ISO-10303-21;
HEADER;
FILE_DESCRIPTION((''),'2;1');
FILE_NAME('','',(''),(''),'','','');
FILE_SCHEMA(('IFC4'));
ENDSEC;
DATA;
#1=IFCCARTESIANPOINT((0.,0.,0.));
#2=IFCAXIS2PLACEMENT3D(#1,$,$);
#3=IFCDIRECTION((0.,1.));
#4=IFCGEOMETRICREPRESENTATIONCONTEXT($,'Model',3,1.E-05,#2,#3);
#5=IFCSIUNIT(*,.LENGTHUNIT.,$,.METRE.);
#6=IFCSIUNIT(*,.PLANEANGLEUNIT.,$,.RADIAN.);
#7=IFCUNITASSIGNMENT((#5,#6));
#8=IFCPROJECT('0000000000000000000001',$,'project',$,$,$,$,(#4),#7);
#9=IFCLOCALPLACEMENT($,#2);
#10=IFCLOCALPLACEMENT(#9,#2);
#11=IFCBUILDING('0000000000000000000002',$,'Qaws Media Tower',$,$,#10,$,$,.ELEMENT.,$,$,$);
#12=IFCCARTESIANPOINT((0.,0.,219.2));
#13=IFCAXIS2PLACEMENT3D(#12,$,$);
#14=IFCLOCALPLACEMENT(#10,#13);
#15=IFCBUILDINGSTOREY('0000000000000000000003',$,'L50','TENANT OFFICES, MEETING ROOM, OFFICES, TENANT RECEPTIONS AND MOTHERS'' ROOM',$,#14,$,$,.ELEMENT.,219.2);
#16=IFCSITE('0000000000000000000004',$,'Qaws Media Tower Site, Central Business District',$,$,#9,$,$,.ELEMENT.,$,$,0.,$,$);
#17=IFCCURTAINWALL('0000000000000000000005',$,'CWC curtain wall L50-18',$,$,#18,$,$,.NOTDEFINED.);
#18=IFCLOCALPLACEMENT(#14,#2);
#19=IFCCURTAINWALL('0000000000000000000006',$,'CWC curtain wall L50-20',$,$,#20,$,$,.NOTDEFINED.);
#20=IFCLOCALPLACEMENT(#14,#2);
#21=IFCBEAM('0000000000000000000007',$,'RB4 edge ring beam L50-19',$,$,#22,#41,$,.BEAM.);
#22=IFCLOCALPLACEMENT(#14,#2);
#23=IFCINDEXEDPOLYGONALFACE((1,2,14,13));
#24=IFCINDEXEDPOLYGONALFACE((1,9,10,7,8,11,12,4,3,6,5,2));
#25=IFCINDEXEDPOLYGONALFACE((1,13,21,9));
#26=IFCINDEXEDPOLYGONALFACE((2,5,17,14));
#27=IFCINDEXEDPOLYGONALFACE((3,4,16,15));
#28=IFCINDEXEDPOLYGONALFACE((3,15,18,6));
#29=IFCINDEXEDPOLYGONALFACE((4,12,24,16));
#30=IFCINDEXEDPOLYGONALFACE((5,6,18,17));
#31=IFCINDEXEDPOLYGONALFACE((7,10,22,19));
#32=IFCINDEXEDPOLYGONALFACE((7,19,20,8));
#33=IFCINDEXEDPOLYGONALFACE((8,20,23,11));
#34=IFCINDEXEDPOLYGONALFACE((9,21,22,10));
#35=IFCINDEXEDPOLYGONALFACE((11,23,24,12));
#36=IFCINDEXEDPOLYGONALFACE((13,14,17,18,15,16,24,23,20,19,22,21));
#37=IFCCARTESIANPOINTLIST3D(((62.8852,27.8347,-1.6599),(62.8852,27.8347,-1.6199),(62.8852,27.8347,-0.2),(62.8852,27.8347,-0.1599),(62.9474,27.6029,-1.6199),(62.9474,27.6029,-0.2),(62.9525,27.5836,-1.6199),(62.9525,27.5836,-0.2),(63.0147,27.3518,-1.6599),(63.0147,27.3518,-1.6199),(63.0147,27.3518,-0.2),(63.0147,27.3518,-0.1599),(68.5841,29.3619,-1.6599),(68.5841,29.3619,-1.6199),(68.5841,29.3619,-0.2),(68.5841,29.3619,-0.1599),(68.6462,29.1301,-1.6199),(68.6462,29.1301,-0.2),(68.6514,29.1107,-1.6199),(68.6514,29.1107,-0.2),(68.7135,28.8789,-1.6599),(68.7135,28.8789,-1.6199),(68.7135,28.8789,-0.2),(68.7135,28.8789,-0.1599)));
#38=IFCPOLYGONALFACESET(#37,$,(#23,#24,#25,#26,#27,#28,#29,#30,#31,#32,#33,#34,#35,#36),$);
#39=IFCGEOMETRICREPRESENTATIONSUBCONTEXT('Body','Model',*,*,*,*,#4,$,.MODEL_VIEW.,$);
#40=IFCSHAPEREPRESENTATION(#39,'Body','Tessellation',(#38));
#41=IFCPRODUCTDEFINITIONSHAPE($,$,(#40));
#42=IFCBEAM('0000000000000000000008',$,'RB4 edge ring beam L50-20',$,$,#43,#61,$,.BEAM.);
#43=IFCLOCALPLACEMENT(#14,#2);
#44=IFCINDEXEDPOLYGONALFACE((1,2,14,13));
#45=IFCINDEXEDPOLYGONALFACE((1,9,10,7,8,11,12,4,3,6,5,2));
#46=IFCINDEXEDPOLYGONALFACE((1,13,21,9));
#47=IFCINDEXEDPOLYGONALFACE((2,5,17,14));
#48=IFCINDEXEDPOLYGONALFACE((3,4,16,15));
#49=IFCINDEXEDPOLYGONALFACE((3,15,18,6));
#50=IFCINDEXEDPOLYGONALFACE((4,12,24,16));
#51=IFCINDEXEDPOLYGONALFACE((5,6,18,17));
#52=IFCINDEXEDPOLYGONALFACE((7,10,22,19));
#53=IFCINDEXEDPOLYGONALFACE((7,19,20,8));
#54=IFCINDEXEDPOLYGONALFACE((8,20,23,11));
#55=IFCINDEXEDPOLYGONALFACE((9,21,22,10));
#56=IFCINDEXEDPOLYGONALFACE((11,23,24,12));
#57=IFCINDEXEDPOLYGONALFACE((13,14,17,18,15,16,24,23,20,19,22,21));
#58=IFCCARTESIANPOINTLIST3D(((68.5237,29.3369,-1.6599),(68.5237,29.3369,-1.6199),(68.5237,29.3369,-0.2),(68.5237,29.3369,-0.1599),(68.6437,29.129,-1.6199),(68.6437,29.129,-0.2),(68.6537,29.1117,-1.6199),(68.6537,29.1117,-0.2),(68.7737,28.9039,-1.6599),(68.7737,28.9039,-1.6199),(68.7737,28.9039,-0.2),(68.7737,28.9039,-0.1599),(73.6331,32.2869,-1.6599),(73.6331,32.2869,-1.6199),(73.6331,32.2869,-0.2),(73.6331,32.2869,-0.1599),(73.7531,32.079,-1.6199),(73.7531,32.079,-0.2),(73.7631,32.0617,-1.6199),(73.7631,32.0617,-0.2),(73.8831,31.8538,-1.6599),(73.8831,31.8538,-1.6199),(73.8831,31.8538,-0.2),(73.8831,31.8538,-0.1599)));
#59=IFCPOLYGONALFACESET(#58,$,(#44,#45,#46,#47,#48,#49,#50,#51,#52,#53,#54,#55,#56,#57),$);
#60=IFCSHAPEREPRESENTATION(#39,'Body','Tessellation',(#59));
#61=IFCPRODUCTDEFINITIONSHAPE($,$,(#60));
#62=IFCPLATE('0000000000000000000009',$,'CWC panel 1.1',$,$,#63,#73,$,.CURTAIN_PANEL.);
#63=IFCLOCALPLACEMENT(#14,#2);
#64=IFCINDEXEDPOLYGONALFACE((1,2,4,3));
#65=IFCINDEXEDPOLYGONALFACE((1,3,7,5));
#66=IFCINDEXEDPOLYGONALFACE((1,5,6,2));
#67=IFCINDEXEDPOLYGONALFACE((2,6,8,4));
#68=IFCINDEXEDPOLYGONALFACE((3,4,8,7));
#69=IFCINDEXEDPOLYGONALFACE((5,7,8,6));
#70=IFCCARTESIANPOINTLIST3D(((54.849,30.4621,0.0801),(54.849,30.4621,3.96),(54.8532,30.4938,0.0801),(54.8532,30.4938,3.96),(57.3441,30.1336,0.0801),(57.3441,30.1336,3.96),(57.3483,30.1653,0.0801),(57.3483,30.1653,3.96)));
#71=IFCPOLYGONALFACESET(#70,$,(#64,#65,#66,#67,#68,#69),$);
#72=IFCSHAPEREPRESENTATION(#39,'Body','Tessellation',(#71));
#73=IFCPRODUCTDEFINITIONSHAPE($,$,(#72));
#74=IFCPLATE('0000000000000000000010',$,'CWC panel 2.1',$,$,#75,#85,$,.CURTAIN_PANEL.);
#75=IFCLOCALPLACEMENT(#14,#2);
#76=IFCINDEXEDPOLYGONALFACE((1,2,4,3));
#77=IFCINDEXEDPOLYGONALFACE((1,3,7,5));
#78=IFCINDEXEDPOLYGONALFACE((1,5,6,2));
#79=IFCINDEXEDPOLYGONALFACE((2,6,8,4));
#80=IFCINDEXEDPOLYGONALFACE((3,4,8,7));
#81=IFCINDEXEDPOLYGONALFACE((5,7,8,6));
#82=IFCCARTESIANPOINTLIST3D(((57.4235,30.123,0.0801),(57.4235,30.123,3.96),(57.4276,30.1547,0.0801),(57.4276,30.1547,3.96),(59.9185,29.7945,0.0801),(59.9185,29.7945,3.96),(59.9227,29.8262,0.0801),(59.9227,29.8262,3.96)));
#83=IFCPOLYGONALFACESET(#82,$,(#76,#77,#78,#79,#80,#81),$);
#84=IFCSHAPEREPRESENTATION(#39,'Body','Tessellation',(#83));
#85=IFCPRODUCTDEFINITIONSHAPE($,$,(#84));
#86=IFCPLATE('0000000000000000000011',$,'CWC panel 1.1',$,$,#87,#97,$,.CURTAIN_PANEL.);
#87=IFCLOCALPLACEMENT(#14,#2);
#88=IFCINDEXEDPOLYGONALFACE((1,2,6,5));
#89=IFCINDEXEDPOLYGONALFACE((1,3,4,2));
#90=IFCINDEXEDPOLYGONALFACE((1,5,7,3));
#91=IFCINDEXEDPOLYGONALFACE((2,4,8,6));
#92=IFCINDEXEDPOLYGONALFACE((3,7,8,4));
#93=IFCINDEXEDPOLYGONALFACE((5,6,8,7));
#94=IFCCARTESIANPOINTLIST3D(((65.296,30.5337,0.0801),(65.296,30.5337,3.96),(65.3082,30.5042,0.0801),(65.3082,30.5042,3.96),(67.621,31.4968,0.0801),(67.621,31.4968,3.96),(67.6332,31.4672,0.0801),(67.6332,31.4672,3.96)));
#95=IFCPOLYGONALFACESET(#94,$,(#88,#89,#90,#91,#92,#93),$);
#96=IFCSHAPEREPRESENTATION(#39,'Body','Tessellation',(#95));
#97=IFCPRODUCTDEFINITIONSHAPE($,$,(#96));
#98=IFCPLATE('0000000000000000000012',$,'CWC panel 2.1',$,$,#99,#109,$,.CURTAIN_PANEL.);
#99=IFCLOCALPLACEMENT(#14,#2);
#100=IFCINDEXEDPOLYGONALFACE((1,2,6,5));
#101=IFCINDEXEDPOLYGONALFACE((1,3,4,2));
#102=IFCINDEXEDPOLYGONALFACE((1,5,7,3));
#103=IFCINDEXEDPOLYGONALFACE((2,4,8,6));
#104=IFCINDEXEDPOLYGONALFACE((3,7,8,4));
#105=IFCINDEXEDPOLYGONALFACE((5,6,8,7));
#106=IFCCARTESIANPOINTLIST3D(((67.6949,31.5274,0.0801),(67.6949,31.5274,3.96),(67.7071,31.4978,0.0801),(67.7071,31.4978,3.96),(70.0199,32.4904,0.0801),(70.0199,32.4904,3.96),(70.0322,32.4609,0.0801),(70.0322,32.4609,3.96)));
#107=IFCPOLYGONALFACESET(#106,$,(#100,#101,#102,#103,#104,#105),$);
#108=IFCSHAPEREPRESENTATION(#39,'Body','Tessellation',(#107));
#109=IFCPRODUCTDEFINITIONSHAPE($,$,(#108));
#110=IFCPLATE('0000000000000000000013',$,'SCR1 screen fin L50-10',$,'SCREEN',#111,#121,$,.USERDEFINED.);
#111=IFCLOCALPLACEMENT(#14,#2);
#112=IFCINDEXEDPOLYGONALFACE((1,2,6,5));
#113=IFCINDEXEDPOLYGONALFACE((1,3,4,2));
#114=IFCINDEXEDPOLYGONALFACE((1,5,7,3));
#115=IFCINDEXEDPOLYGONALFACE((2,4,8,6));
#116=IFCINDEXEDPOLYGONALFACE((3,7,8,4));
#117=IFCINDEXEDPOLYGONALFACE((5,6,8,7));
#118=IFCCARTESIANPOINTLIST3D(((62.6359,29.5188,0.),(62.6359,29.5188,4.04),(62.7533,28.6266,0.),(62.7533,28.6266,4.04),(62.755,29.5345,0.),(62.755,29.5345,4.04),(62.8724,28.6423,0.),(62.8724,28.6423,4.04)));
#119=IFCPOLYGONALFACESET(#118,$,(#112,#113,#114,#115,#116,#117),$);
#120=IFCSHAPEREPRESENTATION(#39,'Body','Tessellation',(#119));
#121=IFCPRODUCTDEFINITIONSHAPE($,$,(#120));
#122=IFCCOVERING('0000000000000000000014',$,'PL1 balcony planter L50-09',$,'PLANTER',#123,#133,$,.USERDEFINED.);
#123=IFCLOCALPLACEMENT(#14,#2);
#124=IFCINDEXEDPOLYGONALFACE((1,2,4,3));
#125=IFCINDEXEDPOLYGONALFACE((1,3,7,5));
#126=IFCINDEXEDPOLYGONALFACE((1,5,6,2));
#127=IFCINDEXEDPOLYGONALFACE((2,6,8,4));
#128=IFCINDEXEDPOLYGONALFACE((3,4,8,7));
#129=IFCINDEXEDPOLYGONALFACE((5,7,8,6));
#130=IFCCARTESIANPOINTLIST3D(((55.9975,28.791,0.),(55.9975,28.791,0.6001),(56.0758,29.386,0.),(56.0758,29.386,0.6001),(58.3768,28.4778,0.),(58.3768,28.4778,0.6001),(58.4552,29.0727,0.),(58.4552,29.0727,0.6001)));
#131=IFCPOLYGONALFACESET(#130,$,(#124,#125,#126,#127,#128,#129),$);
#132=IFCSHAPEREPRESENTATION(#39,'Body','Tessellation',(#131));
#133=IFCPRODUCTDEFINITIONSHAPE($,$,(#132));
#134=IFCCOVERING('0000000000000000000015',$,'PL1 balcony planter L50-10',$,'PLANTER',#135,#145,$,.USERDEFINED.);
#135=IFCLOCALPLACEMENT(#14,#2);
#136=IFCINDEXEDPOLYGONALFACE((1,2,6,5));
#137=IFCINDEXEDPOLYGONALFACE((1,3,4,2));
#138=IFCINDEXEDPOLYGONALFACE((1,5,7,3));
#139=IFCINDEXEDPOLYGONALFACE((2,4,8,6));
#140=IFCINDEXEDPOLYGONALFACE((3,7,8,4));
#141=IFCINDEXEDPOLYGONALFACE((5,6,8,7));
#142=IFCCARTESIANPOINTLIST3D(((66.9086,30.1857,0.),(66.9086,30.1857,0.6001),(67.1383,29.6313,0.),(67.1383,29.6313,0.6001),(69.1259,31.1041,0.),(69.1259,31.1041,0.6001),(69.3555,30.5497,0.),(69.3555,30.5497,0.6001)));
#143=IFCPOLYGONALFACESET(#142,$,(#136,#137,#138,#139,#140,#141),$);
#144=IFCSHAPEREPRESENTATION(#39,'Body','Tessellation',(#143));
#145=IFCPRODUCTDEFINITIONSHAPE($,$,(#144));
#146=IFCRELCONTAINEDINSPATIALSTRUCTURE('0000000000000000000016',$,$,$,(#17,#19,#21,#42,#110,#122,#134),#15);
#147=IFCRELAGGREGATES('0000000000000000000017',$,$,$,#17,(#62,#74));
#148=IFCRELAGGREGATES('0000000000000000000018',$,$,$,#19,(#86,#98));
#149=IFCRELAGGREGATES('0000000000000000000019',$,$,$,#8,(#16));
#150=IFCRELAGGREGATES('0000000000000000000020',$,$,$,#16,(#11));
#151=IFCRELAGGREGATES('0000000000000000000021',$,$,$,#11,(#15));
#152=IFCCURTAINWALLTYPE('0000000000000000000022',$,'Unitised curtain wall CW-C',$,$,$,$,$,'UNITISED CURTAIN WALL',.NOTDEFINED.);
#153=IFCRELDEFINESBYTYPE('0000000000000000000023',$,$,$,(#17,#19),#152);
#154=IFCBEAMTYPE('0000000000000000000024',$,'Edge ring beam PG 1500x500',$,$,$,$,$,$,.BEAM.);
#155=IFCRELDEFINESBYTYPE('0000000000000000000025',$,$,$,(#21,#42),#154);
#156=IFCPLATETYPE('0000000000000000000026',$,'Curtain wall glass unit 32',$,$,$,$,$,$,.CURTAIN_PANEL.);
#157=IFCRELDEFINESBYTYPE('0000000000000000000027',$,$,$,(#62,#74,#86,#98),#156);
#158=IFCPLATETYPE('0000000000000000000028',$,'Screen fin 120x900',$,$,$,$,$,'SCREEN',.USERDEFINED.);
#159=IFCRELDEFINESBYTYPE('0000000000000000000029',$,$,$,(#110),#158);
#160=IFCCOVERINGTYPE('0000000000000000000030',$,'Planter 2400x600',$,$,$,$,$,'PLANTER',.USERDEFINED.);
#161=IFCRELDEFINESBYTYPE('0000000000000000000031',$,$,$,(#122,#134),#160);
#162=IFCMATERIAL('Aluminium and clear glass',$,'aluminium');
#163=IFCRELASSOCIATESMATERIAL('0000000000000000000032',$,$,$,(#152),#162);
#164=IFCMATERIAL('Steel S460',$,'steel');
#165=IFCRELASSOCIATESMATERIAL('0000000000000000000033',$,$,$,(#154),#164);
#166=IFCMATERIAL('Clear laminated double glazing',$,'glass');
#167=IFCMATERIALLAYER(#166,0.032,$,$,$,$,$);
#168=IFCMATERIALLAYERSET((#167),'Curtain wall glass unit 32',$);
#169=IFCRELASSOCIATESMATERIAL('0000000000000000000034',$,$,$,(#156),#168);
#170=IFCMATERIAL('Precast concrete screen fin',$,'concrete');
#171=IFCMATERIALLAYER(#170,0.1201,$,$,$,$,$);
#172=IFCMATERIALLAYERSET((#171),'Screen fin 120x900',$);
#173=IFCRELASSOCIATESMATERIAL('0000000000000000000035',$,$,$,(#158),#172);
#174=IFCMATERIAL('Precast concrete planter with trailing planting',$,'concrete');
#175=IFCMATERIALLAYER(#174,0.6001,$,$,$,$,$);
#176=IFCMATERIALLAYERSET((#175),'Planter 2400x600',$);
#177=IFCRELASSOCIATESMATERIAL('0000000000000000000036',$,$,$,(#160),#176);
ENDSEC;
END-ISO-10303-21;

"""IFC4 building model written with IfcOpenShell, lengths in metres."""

from ifc_helpers import new_model, si_unit, direction, frame, origin, origin_2d, place, context, subcontext, project, spatial, rectangle, i_section, extrude, material, layer, layer_set, material_profile, profile_set, type_object, element, aggregate, save


model = new_model("IFC4")

# Units and contexts
model_context = context("Model", 3, precision=1e-05, world=origin(), true_north=direction((0.0, 1.0)))
body_context = subcontext(model_context, "Body", "Model", "MODEL_VIEW")
ifc_project = project(units=[si_unit("LENGTHUNIT", "METRE"), si_unit("PLANEANGLEUNIT", "RADIAN")], contexts=[model_context])

# Site, building, storey
site_placement = place(None, origin())
site = spatial("IfcSite", under=ifc_project, at=site_placement, Name="Qaws Media Tower Site, Central Business District", CompositionType="ELEMENT", RefElevation=0.0)
building_placement = place(site_placement, origin())
building = spatial("IfcBuilding", under=site, at=building_placement, Name="Qaws Media Tower", CompositionType="ELEMENT")
storey_placement = place(building_placement, frame((0.0, 0.0, 219.2)))
storey = spatial("IfcBuildingStorey", under=building, at=storey_placement, Name="L50", Description="TENANT OFFICES, MEETING ROOM, OFFICES, TENANT RECEPTIONS AND MOTHERS' ROOM", CompositionType="ELEMENT", Elevation=219.2)

# Curtain walls
ifc_material_1 = material(Name="Aluminium and clear glass", Category="aluminium")
curtain_wall_type = type_object("IfcCurtainWallType", Name="Unitised curtain wall CW-C", ElementType="UNITISED CURTAIN WALL", PredefinedType="NOTDEFINED", material=ifc_material_1)
curtain_wall_1_placement = place(storey_placement, origin())
curtain_wall_1 = element("IfcCurtainWall", 1, at=curtain_wall_1_placement, inside=storey, type_object=curtain_wall_type, Name="CWC curtain wall L50-18", PredefinedType="NOTDEFINED")
curtain_wall_2_placement = place(storey_placement, origin())
curtain_wall_2 = element("IfcCurtainWall", 2, at=curtain_wall_2_placement, inside=storey, type_object=curtain_wall_type, Name="CWC curtain wall L50-20", PredefinedType="NOTDEFINED")

# Beams
ifc_material_2 = material(Name="Steel S460", Category="steel")
ifc_material_profile_1 = material_profile(ifc_material_2, i_section(OverallWidth=0.5, OverallDepth=1.5, WebThickness=0.02, FlangeThickness=0.04, at=origin_2d()), Name="PG 1500x500")
ifc_profile_set_1 = profile_set([ifc_material_profile_1], Name="Steel S460")
beam_type = type_object("IfcBeamType", Name="Edge ring beam PG 1500x500", PredefinedType="BEAM", material=ifc_profile_set_1)
for number, where, z_axis, x_axis, name in (
    (3, (62.95, 27.5933, -0.9099), (0.96592, 0.25884, 0.0), (-0.25884, 0.96592, 0.0), "RB4 edge ring beam L50-19"),
    (4, (68.6487, 29.1204, -0.9099), (0.866022, 0.500007, 0.0), (-0.500007, 0.866022, 0.0), "RB4 edge ring beam L50-20"),
):
    element("IfcBeam", number, at=place(storey_placement, frame(where, z_axis=z_axis, x_axis=x_axis)), inside=storey, type_object=beam_type, Name=name, PredefinedType="BEAM", context=body_context, shape_type="SweptSolid", body=[
        extrude(i_section(OverallWidth=0.5, OverallDepth=1.5, WebThickness=0.02, FlangeThickness=0.04, at=origin_2d()), origin(), (0.0, 0.0, 1.0), 5.8999),
    ])

# Plates
ifc_material_3 = material(Name="Clear laminated double glazing", Category="glass")
ifc_layer_1 = layer(ifc_material_3, 0.032)
ifc_layer_set_1 = layer_set([ifc_layer_1], Name="Curtain wall glass unit 32")
plate_type_1 = type_object("IfcPlateType", Name="Curtain wall glass unit 32", PredefinedType="CURTAIN_PANEL", material=ifc_layer_set_1)
plate_1_placement = place(storey_placement, frame((56.0986, 30.3137, 0.0801), z_axis=(0.0, 0.0, 1.0), x_axis=(0.991445, -0.130526, 0.0)))
plate_1 = element("IfcPlate", 5, at=plate_1_placement, type_object=plate_type_1, Name="CWC panel 1.1", PredefinedType="CURTAIN_PANEL", context=body_context, shape_type="SweptSolid", body=[
    extrude(rectangle(XDim=2.5166, YDim=0.032, at=origin_2d()), origin(), (0.0, 0.0, 1.0), 3.8799),
])
plate_2_placement = place(storey_placement, frame((58.6731, 29.9746, 0.0801), z_axis=(0.0, 0.0, 1.0), x_axis=(0.991445, -0.130526, 0.0)))
plate_2 = element("IfcPlate", 6, at=plate_2_placement, type_object=plate_type_1, Name="CWC panel 2.1", PredefinedType="CURTAIN_PANEL", context=body_context, shape_type="SweptSolid", body=[
    extrude(rectangle(XDim=2.5166, YDim=0.032, at=origin_2d()), origin(), (0.0, 0.0, 1.0), 3.8799),
])
aggregate(curtain_wall_1, [plate_1, plate_2])
plate_3_placement = place(storey_placement, frame((66.4646, 31.0005, 0.0801), z_axis=(0.0, 0.0, 1.0), x_axis=(0.923879, 0.382684, 0.0)))
plate_3 = element("IfcPlate", 7, at=plate_3_placement, type_object=plate_type_1, Name="CWC panel 1.1", PredefinedType="CURTAIN_PANEL", context=body_context, shape_type="SweptSolid", body=[
    extrude(rectangle(XDim=2.5166, YDim=0.032, at=origin_2d()), origin(), (0.0, 0.0, 1.0), 3.8799),
])
plate_4_placement = place(storey_placement, frame((68.8635, 31.9941, 0.0801), z_axis=(0.0, 0.0, 1.0), x_axis=(0.923879, 0.382684, 0.0)))
plate_4 = element("IfcPlate", 8, at=plate_4_placement, type_object=plate_type_1, Name="CWC panel 2.1", PredefinedType="CURTAIN_PANEL", context=body_context, shape_type="SweptSolid", body=[
    extrude(rectangle(XDim=2.5166, YDim=0.032, at=origin_2d()), origin(), (0.0, 0.0, 1.0), 3.8799),
])
aggregate(curtain_wall_2, [plate_3, plate_4])
ifc_material_4 = material(Name="Precast concrete screen fin", Category="concrete")
ifc_layer_2 = layer(ifc_material_4, 0.1201)
ifc_layer_set_2 = layer_set([ifc_layer_2], Name="Screen fin 120x900")
plate_type_2 = type_object("IfcPlateType", Name="Screen fin 120x900", ElementType="SCREEN", PredefinedType="USERDEFINED", material=ifc_layer_set_2)
plate_5_placement = place(storey_placement, frame((62.7542, 29.0806, 0.0), z_axis=(0.0, 0.0, 1.0), x_axis=(0.130526, -0.991445, 0.0)))
element("IfcPlate", 9, at=plate_5_placement, inside=storey, type_object=plate_type_2, Name="SCR1 screen fin L50-10", ObjectType="SCREEN", PredefinedType="USERDEFINED", context=body_context, shape_type="SweptSolid", body=[
    extrude(rectangle(XDim=0.8999, YDim=0.1201, at=origin_2d()), origin(), (0.0, 0.0, 1.0), 4.04),
])

# Coverings
ifc_material_5 = material(Name="Precast concrete planter with trailing planting", Category="concrete")
ifc_layer_3 = layer(ifc_material_5, 0.6001)
ifc_layer_set_3 = layer_set([ifc_layer_3], Name="Planter 2400x600")
covering_type = type_object("IfcCoveringType", Name="Planter 2400x600", ElementType="PLANTER", PredefinedType="USERDEFINED", material=ifc_layer_set_3)
for number, where, z_axis, x_axis, name in (
    (10, (57.2263, 28.9319, 0.0), (0.0, 0.0, 1.0), (0.991445, -0.130526, 0.0), "PL1 balcony planter L50-09"),
    (11, (68.1321, 30.3677, 0.0), (0.0, 0.0, 1.0), (0.92388, 0.382683, 0.0), "PL1 balcony planter L50-10"),
):
    element("IfcCovering", number, at=place(storey_placement, frame(where, z_axis=z_axis, x_axis=x_axis)), inside=storey, type_object=covering_type, Name=name, ObjectType="PLANTER", PredefinedType="USERDEFINED", context=body_context, shape_type="SweptSolid", body=[
        extrude(rectangle(XDim=2.3999, YDim=0.6001, at=origin_2d()), origin(), (0.0, 0.0, 1.0), 0.6001),
    ])

save(model, "model.ifc")
